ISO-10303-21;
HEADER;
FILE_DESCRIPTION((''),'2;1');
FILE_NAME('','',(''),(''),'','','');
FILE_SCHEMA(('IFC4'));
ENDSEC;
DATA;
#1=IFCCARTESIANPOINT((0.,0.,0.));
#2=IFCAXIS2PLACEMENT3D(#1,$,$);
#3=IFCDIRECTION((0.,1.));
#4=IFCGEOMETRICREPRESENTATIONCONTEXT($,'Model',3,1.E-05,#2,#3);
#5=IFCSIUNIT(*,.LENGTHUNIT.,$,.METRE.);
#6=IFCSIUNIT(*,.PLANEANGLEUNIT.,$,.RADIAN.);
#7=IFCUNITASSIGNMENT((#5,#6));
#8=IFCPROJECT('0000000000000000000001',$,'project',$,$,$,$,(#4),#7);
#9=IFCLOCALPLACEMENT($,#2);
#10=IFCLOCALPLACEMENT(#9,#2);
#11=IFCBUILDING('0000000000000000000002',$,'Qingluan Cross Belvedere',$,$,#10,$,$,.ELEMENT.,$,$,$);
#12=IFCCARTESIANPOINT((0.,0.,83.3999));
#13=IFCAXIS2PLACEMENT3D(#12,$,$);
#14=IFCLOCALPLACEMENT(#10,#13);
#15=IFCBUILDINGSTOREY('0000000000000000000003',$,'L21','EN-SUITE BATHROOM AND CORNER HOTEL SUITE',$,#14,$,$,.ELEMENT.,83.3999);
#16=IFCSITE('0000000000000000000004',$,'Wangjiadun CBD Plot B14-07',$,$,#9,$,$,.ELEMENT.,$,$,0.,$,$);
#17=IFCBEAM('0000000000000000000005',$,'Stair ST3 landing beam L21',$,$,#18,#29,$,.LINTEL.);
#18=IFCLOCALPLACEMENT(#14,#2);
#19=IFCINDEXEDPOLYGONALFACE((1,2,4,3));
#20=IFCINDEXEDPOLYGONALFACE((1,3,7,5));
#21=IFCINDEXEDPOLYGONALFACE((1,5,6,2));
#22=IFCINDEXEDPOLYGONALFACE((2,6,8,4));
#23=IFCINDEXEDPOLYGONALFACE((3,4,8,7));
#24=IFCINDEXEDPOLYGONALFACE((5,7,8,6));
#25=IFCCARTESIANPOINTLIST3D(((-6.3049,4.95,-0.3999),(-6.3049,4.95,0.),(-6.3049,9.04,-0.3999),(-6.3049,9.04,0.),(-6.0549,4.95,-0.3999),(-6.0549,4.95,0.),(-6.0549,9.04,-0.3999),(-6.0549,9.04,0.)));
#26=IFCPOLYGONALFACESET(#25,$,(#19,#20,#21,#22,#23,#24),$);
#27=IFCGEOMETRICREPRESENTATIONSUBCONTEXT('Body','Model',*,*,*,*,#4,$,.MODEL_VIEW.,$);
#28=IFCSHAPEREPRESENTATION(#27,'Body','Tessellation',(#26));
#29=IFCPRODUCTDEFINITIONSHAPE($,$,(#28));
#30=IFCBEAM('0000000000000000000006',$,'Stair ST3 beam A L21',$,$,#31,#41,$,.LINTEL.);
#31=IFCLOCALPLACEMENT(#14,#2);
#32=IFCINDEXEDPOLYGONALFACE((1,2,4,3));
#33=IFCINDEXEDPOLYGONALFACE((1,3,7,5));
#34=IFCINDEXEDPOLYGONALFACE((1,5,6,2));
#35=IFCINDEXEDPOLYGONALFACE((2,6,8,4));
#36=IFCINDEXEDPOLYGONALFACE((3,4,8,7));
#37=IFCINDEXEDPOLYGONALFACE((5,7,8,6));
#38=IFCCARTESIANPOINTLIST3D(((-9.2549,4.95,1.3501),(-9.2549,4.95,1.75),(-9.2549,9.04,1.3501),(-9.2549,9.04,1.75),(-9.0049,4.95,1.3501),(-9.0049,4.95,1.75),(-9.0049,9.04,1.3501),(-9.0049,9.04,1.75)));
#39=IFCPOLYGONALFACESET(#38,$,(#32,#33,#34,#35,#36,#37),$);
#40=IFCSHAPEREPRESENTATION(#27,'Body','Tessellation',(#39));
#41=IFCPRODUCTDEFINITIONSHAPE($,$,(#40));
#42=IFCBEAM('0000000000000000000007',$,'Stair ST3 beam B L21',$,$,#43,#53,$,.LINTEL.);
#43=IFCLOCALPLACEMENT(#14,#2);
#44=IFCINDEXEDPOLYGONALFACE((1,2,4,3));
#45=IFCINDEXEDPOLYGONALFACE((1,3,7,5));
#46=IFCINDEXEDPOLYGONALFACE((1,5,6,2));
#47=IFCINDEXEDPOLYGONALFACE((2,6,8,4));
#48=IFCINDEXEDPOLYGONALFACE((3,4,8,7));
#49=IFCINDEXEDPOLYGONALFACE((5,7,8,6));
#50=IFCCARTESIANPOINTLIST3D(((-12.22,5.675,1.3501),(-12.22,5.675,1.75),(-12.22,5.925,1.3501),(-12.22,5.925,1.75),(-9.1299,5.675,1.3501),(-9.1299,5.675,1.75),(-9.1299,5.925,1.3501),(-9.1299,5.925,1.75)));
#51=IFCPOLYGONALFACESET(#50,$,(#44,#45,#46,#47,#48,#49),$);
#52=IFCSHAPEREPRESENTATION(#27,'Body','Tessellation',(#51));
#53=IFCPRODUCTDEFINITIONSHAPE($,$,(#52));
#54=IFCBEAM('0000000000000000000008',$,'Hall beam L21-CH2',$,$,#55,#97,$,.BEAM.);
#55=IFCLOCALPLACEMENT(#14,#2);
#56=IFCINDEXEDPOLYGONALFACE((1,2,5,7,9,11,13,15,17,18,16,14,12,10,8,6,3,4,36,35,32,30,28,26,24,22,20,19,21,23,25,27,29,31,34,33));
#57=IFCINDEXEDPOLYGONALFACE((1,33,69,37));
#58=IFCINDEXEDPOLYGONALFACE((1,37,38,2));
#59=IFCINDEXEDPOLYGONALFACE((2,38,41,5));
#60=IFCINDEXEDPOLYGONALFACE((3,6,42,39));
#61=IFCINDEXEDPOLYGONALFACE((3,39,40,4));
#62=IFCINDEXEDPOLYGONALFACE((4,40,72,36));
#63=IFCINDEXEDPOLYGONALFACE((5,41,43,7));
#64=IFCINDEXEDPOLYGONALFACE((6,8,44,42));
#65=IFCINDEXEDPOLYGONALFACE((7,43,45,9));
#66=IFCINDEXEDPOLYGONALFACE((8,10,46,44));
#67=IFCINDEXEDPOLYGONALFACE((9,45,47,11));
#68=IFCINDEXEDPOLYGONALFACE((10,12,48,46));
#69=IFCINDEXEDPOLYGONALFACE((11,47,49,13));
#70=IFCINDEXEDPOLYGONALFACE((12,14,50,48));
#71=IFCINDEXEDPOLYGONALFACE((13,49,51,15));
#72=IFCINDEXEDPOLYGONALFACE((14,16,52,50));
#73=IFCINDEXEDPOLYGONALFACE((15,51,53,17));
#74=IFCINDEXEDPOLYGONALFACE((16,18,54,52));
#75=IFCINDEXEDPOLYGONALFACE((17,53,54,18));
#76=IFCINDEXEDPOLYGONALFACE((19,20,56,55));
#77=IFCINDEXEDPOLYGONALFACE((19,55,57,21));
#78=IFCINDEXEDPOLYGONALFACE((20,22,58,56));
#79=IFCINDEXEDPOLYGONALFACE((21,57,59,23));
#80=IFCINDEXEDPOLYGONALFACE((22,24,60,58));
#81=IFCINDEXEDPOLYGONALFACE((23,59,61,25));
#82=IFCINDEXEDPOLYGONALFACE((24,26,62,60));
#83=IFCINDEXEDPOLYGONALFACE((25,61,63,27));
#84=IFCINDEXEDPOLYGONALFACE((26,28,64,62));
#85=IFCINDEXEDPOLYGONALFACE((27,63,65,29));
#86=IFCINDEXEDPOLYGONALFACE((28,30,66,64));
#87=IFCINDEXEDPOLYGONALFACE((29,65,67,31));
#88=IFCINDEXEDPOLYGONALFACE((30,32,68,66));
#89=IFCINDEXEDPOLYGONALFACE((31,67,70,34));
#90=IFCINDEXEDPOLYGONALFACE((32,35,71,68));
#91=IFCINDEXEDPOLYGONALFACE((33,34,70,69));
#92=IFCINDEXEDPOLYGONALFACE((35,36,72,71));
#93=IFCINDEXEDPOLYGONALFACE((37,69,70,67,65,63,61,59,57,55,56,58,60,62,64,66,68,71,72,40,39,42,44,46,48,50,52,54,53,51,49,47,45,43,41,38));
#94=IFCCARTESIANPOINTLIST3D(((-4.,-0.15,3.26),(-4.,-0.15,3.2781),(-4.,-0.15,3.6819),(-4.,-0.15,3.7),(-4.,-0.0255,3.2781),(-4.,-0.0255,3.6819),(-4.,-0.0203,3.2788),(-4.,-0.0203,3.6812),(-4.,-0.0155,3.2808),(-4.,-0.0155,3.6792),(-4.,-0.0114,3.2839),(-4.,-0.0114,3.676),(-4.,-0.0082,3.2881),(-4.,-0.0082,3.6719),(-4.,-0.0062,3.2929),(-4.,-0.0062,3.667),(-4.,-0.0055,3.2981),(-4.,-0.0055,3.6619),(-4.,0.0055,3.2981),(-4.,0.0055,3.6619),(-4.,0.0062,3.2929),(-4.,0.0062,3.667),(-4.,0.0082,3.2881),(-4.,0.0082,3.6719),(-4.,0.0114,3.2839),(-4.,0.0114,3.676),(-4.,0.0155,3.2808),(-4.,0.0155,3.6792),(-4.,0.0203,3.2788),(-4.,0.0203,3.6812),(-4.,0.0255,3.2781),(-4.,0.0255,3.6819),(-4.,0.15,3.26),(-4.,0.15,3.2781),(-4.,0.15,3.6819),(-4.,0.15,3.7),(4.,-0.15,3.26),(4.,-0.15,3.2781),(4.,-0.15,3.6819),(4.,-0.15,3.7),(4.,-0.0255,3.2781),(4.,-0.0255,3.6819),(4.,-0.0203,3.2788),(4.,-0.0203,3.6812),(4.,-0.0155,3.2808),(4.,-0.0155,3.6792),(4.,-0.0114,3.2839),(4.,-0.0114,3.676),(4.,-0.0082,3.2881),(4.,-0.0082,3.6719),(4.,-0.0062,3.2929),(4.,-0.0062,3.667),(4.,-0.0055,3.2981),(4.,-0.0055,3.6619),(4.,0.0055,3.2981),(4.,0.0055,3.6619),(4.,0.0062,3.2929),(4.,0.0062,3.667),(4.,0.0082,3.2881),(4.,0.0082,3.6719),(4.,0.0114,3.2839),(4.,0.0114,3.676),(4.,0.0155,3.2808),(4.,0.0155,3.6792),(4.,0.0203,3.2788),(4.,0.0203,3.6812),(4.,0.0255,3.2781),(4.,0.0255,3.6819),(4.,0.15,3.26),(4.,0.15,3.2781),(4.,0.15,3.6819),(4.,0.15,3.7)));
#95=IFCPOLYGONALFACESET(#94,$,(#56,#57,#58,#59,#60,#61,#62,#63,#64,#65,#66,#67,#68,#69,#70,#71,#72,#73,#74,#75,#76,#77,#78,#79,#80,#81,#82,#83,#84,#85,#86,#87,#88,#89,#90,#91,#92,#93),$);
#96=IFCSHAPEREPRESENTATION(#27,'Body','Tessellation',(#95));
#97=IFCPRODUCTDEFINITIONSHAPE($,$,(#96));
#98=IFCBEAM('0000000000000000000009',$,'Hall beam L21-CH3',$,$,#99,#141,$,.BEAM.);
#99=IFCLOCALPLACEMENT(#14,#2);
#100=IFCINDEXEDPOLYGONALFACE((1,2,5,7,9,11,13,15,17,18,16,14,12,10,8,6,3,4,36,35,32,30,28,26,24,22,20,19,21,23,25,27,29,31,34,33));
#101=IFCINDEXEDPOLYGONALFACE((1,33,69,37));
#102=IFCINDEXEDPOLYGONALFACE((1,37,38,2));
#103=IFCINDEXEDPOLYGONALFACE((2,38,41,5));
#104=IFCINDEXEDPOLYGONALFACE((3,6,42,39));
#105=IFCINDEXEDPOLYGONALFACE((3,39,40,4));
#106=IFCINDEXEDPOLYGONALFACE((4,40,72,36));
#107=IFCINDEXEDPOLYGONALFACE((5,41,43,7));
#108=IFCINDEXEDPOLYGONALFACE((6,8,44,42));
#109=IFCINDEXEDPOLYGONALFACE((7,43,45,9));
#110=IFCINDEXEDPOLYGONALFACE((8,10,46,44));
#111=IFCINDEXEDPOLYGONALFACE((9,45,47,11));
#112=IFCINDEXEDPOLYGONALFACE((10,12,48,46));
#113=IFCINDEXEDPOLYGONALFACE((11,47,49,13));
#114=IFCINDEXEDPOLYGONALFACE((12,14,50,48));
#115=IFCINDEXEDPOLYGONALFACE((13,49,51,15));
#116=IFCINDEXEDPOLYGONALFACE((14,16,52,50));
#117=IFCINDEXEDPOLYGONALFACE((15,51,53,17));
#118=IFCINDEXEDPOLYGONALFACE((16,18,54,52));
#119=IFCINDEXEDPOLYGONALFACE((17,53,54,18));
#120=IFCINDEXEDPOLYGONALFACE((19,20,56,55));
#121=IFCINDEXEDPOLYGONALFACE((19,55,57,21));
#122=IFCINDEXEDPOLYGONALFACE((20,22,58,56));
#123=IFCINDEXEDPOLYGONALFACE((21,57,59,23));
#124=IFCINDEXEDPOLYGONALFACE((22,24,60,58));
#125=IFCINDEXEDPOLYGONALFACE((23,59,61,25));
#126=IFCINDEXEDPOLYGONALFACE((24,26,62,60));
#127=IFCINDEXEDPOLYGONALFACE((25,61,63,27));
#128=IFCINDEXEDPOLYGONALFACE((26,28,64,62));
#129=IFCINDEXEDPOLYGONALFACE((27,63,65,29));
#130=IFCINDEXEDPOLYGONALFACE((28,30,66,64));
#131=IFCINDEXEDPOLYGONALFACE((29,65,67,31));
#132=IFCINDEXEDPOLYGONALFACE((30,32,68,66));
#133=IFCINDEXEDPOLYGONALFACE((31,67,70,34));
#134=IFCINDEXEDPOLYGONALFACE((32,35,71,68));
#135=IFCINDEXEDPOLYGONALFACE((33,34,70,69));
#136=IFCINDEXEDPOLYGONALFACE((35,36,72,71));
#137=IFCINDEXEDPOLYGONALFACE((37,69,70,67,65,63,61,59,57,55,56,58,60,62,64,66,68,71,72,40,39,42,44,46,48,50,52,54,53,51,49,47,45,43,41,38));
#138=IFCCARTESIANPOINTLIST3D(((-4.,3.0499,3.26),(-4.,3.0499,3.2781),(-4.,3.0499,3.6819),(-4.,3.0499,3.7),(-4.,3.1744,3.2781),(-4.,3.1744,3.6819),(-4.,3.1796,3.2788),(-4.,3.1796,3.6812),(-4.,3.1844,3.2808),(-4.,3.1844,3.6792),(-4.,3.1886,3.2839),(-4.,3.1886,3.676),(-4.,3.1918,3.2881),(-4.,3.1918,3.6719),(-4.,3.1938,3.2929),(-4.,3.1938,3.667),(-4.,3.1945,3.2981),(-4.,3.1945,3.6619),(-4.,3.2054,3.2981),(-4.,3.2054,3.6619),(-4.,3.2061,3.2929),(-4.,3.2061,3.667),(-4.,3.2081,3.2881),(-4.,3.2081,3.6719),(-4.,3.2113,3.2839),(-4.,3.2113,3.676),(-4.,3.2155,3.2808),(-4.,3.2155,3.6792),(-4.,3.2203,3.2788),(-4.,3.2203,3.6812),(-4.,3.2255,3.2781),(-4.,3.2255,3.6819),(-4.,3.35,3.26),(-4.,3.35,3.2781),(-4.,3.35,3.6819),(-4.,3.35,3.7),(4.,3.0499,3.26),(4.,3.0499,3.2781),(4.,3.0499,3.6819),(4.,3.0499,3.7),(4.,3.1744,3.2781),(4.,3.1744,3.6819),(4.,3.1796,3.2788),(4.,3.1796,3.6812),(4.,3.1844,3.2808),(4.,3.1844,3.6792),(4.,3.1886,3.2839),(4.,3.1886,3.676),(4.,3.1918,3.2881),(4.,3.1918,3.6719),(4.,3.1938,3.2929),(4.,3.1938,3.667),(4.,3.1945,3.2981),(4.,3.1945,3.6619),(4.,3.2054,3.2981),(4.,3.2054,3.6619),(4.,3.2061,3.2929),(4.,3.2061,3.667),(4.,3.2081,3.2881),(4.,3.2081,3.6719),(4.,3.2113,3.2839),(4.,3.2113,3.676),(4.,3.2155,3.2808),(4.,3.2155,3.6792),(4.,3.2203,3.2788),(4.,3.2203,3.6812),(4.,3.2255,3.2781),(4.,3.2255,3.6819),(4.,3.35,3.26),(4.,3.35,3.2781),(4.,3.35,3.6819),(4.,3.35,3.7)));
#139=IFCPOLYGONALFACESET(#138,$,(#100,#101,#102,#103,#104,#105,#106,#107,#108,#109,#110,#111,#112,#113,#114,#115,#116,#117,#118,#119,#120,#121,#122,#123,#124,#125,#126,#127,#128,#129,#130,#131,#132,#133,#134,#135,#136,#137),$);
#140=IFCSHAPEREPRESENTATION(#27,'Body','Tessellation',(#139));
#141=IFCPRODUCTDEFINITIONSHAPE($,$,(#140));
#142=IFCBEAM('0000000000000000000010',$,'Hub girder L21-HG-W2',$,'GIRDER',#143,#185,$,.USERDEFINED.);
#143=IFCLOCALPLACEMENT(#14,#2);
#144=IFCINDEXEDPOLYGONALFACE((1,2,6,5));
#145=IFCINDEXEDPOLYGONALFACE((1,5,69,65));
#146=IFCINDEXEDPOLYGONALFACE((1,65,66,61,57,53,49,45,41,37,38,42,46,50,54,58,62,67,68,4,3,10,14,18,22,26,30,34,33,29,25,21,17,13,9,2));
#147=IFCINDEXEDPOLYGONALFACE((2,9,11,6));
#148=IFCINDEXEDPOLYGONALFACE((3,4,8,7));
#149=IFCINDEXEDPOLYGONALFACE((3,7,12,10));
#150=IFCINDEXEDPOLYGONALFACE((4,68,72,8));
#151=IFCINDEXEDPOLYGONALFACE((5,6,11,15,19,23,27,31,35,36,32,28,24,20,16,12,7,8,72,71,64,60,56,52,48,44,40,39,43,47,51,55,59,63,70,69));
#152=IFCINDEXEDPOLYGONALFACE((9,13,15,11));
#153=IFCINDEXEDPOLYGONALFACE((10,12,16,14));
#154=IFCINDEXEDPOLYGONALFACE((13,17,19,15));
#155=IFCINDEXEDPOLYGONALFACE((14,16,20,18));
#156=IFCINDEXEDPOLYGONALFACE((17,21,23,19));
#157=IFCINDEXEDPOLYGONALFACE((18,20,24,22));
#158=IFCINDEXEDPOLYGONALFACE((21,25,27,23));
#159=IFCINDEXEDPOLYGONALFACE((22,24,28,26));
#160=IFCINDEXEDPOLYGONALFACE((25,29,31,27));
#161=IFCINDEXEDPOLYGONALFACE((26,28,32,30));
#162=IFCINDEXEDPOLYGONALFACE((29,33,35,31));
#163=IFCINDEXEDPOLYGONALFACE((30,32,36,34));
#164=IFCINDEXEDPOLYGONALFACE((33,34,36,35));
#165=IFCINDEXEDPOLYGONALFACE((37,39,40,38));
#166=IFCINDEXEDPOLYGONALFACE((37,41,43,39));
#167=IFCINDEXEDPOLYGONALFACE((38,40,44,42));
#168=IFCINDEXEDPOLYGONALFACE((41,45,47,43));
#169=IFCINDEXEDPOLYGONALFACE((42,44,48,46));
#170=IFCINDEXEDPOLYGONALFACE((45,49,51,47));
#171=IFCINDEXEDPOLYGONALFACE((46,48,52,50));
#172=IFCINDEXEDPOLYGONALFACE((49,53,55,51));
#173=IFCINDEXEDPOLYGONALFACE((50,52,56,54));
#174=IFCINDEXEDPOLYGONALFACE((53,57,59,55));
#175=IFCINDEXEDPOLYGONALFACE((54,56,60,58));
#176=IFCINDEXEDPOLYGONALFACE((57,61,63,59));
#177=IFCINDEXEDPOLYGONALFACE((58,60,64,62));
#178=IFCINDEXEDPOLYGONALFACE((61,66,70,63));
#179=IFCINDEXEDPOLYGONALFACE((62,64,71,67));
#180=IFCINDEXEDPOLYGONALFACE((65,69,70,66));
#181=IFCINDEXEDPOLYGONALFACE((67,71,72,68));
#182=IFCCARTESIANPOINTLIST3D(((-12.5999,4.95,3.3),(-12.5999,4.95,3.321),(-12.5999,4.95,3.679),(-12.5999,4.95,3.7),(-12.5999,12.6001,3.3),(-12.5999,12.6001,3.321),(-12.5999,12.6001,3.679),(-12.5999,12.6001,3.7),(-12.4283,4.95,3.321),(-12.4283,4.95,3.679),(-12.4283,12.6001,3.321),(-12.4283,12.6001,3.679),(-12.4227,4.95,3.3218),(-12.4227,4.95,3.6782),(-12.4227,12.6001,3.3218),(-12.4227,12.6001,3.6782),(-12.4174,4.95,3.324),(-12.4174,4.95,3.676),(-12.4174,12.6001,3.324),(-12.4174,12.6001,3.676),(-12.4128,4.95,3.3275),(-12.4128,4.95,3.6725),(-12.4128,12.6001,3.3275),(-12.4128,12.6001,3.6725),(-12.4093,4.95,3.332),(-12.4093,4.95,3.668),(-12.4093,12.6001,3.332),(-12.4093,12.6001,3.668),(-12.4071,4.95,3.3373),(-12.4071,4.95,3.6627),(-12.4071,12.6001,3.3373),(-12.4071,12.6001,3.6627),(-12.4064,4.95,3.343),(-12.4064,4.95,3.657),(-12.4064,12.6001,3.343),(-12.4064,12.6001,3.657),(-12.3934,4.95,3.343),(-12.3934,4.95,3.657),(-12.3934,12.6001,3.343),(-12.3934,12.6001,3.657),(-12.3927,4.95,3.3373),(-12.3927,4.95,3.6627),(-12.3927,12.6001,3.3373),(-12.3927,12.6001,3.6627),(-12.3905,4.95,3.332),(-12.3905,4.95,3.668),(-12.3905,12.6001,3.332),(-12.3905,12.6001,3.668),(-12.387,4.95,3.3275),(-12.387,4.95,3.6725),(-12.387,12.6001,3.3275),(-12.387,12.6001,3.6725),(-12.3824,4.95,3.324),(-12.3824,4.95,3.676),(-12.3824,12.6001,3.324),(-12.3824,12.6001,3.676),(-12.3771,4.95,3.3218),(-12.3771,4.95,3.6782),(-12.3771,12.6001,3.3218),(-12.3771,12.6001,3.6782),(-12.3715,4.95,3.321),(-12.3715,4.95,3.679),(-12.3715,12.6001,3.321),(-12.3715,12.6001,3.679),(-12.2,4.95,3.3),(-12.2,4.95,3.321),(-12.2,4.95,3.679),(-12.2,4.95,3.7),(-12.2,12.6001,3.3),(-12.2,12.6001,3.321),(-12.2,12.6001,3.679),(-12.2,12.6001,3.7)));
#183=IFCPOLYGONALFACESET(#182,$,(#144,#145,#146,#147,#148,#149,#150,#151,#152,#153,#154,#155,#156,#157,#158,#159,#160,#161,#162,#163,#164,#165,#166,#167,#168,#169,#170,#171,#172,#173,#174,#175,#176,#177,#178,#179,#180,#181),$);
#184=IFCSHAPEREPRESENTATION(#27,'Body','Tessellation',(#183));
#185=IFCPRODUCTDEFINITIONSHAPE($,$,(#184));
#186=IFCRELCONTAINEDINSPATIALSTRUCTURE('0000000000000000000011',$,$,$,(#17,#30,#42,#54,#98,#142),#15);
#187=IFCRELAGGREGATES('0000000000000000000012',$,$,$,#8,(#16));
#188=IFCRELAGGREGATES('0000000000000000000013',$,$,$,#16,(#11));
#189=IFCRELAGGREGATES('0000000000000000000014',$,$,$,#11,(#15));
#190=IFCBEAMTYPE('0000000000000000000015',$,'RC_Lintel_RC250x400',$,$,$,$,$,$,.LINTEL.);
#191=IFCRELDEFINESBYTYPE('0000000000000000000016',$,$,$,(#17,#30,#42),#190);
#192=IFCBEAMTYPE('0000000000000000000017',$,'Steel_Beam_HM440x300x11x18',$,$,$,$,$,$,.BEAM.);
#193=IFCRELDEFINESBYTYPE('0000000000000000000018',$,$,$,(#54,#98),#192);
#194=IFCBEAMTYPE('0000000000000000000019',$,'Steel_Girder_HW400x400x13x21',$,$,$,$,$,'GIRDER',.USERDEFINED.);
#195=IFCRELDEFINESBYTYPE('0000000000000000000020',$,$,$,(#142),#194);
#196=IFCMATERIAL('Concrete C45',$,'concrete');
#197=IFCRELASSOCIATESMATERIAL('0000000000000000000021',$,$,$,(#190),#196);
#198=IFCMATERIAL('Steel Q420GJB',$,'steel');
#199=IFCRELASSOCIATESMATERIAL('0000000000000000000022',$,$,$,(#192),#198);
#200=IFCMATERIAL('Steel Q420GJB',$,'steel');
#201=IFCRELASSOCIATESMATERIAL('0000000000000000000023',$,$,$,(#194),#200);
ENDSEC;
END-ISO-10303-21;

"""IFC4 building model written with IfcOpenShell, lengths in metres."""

from ifc_helpers import new_model, si_unit, direction, frame, origin, origin_2d, place, context, subcontext, project, spatial, rectangle, i_section, extrude, material, material_profile, profile_set, type_object, element, save


model = new_model("IFC4")

# Units and contexts
model_context = context("Model", 3, precision=1e-05, world=origin(), true_north=direction((0.0, 1.0)))
body_context = subcontext(model_context, "Body", "Model", "MODEL_VIEW")
ifc_project = project(units=[si_unit("LENGTHUNIT", "METRE"), si_unit("PLANEANGLEUNIT", "RADIAN")], contexts=[model_context])

# Site, building, storey
site_placement = place(None, origin())
site = spatial("IfcSite", under=ifc_project, at=site_placement, Name="Wangjiadun CBD Plot B14-07", CompositionType="ELEMENT", RefElevation=0.0)
building_placement = place(site_placement, origin())
building = spatial("IfcBuilding", under=site, at=building_placement, Name="Qingluan Cross Belvedere", CompositionType="ELEMENT")
storey_placement = place(building_placement, frame((0.0, 0.0, 83.3999)))
storey = spatial("IfcBuildingStorey", under=building, at=storey_placement, Name="L21", Description="EN-SUITE BATHROOM AND CORNER HOTEL SUITE", CompositionType="ELEMENT", Elevation=83.3999)

# Beams
ifc_material_1 = material(Name="Concrete C45", Category="concrete")
ifc_material_profile_1 = material_profile(ifc_material_1, rectangle(XDim=0.25, YDim=0.3999, at=origin_2d()), Name="RC250x400")
ifc_profile_set_1 = profile_set([ifc_material_profile_1], Name="Concrete C45")
beam_type_1 = type_object("IfcBeamType", Name="RC_Lintel_RC250x400", PredefinedType="LINTEL", material=ifc_profile_set_1)
for number, where, z_axis, x_axis, name in (
    (1, (-6.1799, 4.95, -0.2), (0.0, 1.0, 0.0), (-1.0, 0.0, 0.0), "Stair ST3 landing beam L21"),
    (2, (-9.1299, 4.95, 1.55), (0.0, 1.0, 0.0), (-1.0, 0.0, 0.0), "Stair ST3 beam A L21"),
):
    element("IfcBeam", number, at=place(storey_placement, frame(where, z_axis=z_axis, x_axis=x_axis)), inside=storey, type_object=beam_type_1, Name=name, PredefinedType="LINTEL", context=body_context, shape_type="SweptSolid", body=[
        extrude(rectangle(XDim=0.25, YDim=0.3999, at=origin_2d()), origin(), (0.0, 0.0, 1.0), 4.0901),
    ])
beam_1_placement = place(storey_placement, frame((-12.22, 5.8, 1.55), z_axis=(1.0, 0.0, 0.0), x_axis=(0.0, 1.0, 0.0)))
element("IfcBeam", 3, at=beam_1_placement, inside=storey, type_object=beam_type_1, Name="Stair ST3 beam B L21", PredefinedType="LINTEL", context=body_context, shape_type="SweptSolid", body=[
    extrude(rectangle(XDim=0.25, YDim=0.3999, at=origin_2d()), origin(), (0.0, 0.0, 1.0), 3.0901),
])
ifc_material_2 = material(Name="Steel Q420GJB", Category="steel")
ifc_material_profile_2 = material_profile(ifc_material_2, i_section(OverallWidth=0.3, OverallDepth=0.4399, WebThickness=0.011, FlangeThickness=0.0181, FilletRadius=0.02, at=origin_2d()), Name="HM440x300x11x18")
ifc_profile_set_2 = profile_set([ifc_material_profile_2], Name="Steel Q420GJB")
beam_type_2 = type_object("IfcBeamType", Name="Steel_Beam_HM440x300x11x18", PredefinedType="BEAM", material=ifc_profile_set_2)
for number, where, z_axis, x_axis, name in (
    (4, (-4.0, 0.0, 3.48), (1.0, 0.0, 0.0), (0.0, 1.0, 0.0), "Hall beam L21-CH2"),
    (5, (-4.0, 3.2, 3.48), (1.0, 0.0, 0.0), (0.0, 1.0, 0.0), "Hall beam L21-CH3"),
):
    element("IfcBeam", number, at=place(storey_placement, frame(where, z_axis=z_axis, x_axis=x_axis)), inside=storey, type_object=beam_type_2, Name=name, PredefinedType="BEAM", context=body_context, shape_type="SweptSolid", body=[
        extrude(i_section(OverallWidth=0.3, OverallDepth=0.4399, WebThickness=0.011, FlangeThickness=0.0181, FilletRadius=0.02, at=origin_2d()), origin(), (0.0, 0.0, 1.0), 8.0),
    ])
ifc_material_3 = material(Name="Steel Q420GJB", Category="steel")
ifc_material_profile_3 = material_profile(ifc_material_3, i_section(OverallWidth=0.3999, OverallDepth=0.3999, WebThickness=0.0129, FlangeThickness=0.021, FilletRadius=0.022, at=origin_2d()), Name="HW400x400x13x21")
ifc_profile_set_3 = profile_set([ifc_material_profile_3], Name="Steel Q420GJB")
beam_type_3 = type_object("IfcBeamType", Name="Steel_Girder_HW400x400x13x21", ElementType="GIRDER", PredefinedType="USERDEFINED", material=ifc_profile_set_3)
beam_2_placement = place(storey_placement, frame((-12.3999, 4.95, 3.5), z_axis=(0.0, 1.0, 0.0), x_axis=(-1.0, 0.0, 0.0)))
element("IfcBeam", 6, at=beam_2_placement, inside=storey, type_object=beam_type_3, Name="Hub girder L21-HG-W2", ObjectType="GIRDER", PredefinedType="USERDEFINED", context=body_context, shape_type="SweptSolid", body=[
    extrude(i_section(OverallWidth=0.3999, OverallDepth=0.3999, WebThickness=0.0129, FlangeThickness=0.021, FilletRadius=0.022, at=origin_2d()), origin(), (0.0, 0.0, 1.0), 7.6501),
])

save(model, "model.ifc")
